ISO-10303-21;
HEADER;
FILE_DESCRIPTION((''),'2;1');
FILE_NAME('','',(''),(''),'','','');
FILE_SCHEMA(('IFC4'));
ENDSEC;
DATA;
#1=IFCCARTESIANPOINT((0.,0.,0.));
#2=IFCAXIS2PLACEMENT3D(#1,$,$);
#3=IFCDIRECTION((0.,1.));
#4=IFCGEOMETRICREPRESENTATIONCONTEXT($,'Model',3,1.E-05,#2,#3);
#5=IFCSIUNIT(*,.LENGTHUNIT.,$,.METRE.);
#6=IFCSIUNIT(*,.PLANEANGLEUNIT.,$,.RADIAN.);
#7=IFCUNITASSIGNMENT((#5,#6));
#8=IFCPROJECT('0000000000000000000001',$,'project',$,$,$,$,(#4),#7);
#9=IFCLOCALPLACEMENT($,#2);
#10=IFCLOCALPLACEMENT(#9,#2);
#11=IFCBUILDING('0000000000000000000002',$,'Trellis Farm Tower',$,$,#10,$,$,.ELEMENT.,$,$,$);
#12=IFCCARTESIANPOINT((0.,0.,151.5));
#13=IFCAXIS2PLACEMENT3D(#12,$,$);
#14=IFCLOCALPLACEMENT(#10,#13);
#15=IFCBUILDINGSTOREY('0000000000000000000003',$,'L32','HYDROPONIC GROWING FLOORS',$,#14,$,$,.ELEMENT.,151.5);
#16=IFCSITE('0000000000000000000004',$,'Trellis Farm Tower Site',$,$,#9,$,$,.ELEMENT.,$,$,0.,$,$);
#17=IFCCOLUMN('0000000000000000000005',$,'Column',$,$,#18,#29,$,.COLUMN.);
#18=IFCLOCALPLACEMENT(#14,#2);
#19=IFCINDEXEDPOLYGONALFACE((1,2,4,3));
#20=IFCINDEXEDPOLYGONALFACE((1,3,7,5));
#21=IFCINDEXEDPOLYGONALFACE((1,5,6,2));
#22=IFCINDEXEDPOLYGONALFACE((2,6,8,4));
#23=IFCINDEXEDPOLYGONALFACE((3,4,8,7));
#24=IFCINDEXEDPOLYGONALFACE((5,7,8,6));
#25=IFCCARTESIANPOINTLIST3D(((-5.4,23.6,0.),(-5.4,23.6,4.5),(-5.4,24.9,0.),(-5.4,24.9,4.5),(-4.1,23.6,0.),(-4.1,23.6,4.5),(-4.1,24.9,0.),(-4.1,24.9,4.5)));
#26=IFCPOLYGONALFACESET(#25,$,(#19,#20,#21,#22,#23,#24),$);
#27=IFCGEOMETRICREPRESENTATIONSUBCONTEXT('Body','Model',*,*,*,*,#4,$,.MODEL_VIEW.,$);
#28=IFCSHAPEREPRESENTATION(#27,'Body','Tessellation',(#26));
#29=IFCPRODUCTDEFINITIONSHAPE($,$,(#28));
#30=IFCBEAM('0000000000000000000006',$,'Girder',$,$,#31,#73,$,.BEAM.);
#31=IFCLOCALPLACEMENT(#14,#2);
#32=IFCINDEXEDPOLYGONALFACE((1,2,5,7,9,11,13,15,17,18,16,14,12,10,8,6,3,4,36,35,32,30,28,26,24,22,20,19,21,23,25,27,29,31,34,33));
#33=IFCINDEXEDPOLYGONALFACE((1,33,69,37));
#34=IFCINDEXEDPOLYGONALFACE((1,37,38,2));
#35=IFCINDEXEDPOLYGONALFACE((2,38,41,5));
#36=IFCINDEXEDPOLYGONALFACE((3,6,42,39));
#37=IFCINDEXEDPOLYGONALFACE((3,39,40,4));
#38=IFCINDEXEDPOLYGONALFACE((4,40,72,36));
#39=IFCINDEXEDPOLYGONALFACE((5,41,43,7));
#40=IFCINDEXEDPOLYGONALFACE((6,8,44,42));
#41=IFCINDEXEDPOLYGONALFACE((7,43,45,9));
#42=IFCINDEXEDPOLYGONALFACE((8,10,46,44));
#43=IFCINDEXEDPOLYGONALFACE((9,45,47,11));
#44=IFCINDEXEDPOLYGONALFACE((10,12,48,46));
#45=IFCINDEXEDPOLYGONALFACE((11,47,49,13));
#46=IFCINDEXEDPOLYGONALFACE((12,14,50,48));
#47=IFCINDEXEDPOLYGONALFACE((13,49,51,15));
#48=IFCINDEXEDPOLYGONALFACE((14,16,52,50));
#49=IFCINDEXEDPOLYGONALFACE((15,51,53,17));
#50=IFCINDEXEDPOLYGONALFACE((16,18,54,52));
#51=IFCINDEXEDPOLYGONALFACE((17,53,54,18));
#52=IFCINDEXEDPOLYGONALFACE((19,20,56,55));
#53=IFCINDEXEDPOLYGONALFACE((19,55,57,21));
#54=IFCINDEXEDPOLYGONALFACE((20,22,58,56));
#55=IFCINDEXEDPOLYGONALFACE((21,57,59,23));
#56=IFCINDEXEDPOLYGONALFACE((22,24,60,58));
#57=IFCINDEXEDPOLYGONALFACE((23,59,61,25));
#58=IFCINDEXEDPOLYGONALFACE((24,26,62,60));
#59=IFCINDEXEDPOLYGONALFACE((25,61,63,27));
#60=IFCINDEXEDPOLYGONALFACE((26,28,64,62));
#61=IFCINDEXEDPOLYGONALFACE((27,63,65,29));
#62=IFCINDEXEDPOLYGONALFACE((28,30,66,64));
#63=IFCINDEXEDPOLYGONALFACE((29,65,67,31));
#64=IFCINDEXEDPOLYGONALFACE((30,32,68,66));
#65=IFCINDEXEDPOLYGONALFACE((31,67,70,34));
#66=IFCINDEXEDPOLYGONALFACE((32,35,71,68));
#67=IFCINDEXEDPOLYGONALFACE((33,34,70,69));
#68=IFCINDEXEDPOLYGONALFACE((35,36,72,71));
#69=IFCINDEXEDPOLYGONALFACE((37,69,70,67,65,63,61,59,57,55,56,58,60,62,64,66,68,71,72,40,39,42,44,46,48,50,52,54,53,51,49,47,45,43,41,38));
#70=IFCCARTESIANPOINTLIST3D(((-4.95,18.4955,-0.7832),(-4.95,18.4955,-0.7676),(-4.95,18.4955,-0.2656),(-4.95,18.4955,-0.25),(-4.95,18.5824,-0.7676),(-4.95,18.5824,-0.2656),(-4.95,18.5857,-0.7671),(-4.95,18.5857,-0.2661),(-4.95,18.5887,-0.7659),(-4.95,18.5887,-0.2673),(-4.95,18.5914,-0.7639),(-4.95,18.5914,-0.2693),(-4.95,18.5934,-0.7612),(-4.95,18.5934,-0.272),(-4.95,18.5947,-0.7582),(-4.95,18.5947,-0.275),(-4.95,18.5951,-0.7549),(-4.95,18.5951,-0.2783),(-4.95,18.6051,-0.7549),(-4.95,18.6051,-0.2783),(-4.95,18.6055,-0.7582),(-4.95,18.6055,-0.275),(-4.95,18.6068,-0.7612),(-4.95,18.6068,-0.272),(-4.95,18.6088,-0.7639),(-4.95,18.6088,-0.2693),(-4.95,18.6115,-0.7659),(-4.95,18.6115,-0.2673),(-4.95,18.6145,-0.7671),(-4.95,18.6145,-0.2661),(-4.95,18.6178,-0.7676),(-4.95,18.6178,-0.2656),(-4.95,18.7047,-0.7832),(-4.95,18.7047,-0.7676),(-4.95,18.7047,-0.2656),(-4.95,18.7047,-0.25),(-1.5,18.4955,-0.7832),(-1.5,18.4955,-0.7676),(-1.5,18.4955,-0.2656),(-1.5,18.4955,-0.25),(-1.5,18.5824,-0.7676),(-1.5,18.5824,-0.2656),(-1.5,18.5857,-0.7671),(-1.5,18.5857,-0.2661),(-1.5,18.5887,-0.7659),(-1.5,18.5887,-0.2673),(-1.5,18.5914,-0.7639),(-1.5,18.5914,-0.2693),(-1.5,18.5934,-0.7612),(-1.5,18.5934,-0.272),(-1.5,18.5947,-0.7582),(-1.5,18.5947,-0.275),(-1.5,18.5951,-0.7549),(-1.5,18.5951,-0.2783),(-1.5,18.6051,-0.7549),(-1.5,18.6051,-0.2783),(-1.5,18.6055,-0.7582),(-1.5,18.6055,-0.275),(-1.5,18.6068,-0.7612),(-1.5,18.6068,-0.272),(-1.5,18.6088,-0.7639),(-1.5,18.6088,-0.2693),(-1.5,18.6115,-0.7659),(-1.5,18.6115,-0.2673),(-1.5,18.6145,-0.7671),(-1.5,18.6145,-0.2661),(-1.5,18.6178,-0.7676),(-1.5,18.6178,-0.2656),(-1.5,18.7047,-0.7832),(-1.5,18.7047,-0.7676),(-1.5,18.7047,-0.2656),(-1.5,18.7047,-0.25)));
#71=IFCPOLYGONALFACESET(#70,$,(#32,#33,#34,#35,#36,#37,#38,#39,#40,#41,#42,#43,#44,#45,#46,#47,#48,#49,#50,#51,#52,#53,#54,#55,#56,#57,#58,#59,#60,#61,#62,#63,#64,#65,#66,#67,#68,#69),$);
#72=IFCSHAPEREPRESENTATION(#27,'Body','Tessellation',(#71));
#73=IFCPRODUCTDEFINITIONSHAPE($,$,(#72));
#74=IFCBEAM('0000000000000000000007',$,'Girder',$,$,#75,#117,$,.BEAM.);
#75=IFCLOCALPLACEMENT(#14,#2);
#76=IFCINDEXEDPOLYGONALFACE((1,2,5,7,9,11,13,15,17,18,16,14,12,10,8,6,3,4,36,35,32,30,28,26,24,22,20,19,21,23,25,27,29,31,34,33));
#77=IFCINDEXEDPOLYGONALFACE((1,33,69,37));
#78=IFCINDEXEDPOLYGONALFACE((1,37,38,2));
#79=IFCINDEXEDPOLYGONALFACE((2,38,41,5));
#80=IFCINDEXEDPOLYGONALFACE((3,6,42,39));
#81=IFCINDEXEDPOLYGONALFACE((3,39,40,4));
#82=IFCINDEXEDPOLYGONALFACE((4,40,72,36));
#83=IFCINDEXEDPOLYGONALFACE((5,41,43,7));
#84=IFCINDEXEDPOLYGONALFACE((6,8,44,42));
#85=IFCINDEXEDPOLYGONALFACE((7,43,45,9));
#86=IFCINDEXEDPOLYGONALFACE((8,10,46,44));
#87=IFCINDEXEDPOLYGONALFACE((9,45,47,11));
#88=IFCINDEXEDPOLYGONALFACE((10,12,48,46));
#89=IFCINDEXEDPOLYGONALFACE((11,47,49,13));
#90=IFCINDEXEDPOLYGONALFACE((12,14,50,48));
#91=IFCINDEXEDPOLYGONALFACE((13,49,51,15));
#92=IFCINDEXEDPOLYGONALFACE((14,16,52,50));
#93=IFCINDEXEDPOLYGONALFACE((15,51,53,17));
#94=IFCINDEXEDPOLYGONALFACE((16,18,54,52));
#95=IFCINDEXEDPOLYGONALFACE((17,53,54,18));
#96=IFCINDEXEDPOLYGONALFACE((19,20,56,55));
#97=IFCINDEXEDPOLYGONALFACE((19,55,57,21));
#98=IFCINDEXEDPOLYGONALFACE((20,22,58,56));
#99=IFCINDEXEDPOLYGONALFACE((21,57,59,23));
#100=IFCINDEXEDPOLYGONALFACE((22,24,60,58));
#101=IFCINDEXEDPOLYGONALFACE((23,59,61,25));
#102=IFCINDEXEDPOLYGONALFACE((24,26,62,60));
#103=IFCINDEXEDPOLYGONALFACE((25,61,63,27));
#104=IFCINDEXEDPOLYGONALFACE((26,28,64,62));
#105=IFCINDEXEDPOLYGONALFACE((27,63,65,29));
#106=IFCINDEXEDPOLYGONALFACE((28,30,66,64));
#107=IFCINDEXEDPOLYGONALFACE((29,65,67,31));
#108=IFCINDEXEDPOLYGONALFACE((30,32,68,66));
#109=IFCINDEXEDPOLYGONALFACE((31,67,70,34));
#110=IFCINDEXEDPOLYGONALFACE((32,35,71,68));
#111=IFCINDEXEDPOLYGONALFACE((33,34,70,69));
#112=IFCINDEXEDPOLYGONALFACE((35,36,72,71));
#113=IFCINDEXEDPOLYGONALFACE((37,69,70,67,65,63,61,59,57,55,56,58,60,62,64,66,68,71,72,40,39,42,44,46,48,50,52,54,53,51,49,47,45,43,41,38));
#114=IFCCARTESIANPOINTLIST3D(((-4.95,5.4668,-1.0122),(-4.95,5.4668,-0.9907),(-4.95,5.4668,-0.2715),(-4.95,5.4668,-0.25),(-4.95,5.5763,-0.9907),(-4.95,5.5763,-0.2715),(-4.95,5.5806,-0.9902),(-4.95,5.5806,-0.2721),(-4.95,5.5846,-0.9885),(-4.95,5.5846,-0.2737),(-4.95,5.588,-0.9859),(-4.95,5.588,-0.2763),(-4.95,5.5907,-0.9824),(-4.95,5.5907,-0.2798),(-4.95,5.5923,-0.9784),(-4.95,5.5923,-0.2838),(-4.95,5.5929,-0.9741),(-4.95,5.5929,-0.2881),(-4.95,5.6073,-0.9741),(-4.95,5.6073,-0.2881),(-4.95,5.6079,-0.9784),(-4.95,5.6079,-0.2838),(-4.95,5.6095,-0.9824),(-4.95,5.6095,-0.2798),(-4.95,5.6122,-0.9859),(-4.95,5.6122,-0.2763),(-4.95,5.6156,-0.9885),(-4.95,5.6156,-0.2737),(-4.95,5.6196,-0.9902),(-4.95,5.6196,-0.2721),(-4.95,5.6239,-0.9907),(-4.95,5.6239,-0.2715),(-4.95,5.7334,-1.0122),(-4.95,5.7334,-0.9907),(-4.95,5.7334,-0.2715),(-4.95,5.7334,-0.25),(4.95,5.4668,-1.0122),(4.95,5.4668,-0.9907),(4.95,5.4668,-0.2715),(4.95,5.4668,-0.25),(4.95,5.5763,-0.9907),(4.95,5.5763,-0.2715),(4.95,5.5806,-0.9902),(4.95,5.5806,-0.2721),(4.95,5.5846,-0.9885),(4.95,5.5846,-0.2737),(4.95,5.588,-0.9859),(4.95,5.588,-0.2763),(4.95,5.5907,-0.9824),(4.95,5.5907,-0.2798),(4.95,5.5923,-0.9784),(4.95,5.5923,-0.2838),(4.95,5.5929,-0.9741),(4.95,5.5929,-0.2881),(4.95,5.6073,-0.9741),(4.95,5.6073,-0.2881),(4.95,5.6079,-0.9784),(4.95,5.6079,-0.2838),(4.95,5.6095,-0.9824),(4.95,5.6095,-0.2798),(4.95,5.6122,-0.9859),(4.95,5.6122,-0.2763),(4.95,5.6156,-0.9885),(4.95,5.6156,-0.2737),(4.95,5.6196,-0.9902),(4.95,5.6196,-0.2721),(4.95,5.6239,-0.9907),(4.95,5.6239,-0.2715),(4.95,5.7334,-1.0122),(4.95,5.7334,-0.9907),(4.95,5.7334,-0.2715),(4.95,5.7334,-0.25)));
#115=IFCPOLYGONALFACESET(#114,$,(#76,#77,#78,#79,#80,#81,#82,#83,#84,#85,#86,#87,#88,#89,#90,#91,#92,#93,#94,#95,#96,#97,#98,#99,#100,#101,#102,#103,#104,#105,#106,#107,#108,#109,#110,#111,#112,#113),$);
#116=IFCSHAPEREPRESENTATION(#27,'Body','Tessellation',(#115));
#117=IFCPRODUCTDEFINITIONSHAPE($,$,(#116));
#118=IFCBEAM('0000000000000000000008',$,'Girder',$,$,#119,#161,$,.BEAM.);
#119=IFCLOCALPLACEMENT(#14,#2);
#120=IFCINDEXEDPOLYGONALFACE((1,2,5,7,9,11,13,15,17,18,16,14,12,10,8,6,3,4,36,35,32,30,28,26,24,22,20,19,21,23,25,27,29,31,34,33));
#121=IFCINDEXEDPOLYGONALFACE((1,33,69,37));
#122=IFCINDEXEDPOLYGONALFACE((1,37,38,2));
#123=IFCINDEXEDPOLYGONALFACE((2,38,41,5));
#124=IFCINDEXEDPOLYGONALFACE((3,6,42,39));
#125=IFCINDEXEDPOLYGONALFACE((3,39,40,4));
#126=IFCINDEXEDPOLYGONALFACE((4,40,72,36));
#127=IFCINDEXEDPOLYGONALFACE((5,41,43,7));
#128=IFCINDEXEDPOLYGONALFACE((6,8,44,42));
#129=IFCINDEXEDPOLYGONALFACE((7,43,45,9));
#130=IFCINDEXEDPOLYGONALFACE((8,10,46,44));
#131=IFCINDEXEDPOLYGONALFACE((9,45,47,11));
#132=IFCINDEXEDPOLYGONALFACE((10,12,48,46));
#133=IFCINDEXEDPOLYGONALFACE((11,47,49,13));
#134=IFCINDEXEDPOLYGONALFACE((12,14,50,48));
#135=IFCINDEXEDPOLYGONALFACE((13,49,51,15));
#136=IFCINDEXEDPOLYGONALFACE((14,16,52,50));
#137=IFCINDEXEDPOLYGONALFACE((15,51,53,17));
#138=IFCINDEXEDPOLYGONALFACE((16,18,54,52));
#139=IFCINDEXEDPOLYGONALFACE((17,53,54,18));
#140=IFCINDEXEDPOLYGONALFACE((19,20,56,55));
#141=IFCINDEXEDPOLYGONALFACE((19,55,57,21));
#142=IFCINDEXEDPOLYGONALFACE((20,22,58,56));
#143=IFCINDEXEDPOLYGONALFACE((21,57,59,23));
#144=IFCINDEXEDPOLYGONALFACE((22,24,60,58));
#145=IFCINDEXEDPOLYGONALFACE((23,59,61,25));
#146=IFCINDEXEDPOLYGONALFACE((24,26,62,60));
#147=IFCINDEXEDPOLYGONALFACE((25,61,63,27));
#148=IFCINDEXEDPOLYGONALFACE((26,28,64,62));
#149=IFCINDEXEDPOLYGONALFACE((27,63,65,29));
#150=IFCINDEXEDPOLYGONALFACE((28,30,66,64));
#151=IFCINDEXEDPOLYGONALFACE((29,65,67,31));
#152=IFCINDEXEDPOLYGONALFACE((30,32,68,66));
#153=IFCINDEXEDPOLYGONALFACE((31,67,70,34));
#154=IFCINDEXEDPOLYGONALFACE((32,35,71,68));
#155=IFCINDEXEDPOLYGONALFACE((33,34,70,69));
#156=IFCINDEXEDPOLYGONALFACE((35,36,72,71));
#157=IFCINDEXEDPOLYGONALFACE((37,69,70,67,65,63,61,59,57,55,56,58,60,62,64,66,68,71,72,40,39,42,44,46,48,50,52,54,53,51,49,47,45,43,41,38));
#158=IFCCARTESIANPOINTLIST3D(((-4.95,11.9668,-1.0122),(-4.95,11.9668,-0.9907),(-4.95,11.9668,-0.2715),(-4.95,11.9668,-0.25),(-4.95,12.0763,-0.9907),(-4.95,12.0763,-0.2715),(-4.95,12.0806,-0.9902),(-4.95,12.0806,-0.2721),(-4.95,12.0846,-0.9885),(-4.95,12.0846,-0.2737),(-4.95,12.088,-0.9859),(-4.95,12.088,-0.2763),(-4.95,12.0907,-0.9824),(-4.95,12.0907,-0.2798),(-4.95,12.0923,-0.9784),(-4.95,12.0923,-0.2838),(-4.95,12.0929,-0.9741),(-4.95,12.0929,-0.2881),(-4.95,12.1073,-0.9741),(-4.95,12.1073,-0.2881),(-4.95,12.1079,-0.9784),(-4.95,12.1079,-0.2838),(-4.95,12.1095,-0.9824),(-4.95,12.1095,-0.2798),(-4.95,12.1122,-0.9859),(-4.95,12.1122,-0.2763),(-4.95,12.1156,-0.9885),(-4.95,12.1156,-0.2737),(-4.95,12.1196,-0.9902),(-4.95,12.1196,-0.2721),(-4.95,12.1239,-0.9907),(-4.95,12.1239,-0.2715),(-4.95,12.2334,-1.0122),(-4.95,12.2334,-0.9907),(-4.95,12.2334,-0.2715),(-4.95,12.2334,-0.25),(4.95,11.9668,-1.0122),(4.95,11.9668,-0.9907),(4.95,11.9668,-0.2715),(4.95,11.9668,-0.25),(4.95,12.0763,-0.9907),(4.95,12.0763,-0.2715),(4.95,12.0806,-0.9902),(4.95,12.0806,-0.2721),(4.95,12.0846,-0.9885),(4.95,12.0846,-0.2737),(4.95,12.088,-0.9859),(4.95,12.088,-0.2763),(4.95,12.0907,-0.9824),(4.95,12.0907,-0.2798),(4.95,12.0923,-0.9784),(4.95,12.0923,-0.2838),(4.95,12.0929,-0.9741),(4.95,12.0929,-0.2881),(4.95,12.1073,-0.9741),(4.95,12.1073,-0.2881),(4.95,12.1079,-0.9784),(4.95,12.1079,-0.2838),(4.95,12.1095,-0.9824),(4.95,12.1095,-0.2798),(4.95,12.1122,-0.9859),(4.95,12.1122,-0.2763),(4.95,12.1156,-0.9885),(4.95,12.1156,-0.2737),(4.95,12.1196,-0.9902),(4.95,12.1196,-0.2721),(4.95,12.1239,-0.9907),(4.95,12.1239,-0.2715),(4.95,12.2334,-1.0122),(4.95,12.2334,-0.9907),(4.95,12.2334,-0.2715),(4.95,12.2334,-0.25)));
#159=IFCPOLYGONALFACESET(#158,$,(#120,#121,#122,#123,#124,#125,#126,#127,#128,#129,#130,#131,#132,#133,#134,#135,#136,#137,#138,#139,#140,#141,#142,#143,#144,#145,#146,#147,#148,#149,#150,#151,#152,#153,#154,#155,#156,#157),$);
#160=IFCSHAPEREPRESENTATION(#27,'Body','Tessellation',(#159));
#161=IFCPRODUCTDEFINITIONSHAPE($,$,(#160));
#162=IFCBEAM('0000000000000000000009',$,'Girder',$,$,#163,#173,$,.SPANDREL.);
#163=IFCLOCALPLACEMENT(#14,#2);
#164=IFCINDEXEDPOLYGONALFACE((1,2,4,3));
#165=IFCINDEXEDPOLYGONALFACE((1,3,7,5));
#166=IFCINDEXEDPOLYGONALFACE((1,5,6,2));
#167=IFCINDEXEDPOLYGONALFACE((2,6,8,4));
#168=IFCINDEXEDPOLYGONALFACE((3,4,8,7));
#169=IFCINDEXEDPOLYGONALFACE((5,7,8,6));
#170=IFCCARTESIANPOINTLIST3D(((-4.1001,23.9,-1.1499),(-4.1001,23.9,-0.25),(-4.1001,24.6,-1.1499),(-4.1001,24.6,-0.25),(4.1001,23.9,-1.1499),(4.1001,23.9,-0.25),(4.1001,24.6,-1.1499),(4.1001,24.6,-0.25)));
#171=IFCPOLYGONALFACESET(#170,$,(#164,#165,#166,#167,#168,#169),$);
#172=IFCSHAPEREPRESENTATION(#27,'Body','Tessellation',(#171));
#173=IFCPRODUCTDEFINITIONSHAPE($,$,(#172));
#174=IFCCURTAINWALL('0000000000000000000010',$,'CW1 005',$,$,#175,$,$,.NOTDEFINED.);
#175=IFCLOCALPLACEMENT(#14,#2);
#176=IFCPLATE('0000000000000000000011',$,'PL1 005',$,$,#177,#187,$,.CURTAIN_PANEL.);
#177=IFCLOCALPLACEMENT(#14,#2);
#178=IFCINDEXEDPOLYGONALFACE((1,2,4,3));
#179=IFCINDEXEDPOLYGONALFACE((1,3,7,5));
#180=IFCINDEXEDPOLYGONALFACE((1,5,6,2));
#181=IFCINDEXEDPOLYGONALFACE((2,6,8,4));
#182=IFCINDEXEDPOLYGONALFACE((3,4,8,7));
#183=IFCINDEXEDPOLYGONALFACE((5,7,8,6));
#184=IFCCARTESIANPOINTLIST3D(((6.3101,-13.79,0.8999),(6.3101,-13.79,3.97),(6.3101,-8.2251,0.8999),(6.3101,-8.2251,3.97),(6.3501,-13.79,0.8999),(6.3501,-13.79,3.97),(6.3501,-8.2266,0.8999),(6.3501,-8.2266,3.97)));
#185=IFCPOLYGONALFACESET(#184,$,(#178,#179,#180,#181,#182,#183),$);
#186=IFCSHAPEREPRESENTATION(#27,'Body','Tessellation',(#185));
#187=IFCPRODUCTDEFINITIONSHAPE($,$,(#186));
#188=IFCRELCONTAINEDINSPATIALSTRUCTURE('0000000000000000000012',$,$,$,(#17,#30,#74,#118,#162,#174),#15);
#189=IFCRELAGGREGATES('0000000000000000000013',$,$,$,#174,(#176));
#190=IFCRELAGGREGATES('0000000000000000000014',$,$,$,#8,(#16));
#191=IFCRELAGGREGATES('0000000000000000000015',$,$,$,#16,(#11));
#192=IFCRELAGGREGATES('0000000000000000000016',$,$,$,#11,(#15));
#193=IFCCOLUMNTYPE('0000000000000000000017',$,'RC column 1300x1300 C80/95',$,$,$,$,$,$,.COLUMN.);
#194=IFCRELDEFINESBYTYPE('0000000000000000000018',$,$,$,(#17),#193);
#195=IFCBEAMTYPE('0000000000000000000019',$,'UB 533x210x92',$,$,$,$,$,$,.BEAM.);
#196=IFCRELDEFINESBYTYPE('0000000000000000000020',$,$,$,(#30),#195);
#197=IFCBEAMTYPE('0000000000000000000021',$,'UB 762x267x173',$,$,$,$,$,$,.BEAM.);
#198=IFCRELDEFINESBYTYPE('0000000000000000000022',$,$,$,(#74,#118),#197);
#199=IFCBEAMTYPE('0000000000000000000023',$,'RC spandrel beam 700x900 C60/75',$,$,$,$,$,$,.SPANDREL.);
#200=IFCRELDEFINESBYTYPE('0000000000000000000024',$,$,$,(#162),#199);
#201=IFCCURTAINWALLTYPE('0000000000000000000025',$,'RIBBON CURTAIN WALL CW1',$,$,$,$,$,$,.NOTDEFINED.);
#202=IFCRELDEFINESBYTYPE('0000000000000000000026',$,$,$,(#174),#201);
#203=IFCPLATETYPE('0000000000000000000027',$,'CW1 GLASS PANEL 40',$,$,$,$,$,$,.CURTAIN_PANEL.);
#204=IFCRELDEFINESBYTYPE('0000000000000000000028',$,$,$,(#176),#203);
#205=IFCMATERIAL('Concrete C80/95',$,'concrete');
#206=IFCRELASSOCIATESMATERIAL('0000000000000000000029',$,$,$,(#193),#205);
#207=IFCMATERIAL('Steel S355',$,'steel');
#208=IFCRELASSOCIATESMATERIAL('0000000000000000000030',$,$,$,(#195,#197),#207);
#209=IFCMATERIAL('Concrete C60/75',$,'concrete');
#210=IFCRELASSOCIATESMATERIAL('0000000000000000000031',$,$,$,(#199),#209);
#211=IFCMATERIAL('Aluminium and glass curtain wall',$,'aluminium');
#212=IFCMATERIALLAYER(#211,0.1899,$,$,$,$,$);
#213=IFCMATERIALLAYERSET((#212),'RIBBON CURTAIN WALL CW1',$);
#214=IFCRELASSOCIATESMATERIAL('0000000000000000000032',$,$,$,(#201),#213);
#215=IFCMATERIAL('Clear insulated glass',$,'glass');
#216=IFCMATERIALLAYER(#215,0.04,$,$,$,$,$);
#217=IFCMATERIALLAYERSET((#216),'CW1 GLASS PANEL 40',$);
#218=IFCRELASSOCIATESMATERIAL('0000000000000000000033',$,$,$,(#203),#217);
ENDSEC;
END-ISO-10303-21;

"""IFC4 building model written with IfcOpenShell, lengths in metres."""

from ifc_helpers import new_model, si_unit, direction, frame, origin, origin_2d, place, context, subcontext, project, spatial, polyline, rectangle, i_section, outline, extrude, source, transform, mapped, material, layer, layer_set, material_profile, profile_set, type_object, element, aggregate, save


model = new_model("IFC4")

# Units and contexts
model_context = context("Model", 3, precision=1e-05, world=origin(), true_north=direction((0.0, 1.0)))
body_context = subcontext(model_context, "Body", "Model", "MODEL_VIEW")
ifc_project = project(units=[si_unit("LENGTHUNIT", "METRE"), si_unit("PLANEANGLEUNIT", "RADIAN")], contexts=[model_context])

# Site, building, storey
site_placement = place(None, origin())
site = spatial("IfcSite", under=ifc_project, at=site_placement, Name="Trellis Farm Tower Site", CompositionType="ELEMENT", RefElevation=0.0)
building_placement = place(site_placement, origin())
building = spatial("IfcBuilding", under=site, at=building_placement, Name="Trellis Farm Tower", CompositionType="ELEMENT")
storey_placement = place(building_placement, frame((0.0, 0.0, 151.5)))
storey = spatial("IfcBuildingStorey", under=building, at=storey_placement, Name="L32", Description="HYDROPONIC GROWING FLOORS", CompositionType="ELEMENT", Elevation=151.5)

# Column
ifc_material_1 = material(Name="Concrete C80/95", Category="concrete")
ifc_material_profile_1 = material_profile(ifc_material_1, rectangle(XDim=1.3, YDim=1.3, at=origin_2d()), Name="RC column 1300x1300 C80/95")
ifc_profile_set_1 = profile_set([ifc_material_profile_1], Name="Concrete C80/95")
column_type = type_object("IfcColumnType", Name="RC column 1300x1300 C80/95", PredefinedType="COLUMN", material=ifc_profile_set_1)
shared_shape_1 = source(origin(), body_context, "Body", "SweptSolid", [
    extrude(rectangle(XDim=1.3, YDim=1.3, at=origin_2d()), origin(), (0.0, 0.0, 1.0), 4.5),
])
column_placement = place(storey_placement, frame((-4.75, 24.25, 0.0), z_axis=(0.0, 0.0, 1.0), x_axis=(1.0, 0.0, 0.0)))
element("IfcColumn", 1, at=column_placement, inside=storey, type_object=column_type, Name="Column", PredefinedType="COLUMN", context=body_context, shape_type="MappedRepresentation", body=[
    mapped(shared_shape_1, transform((0.0, 0.0, 0.0))),
])

# Beams
ifc_material_2 = material(Name="Steel S355", Category="steel")
ifc_material_profile_2 = material_profile(ifc_material_2, i_section(OverallWidth=0.2092, OverallDepth=0.5332, WebThickness=0.01, FlangeThickness=0.0156, FilletRadius=0.0127, at=origin_2d()), Name="UB 533x210x92")
ifc_profile_set_2 = profile_set([ifc_material_profile_2], Name="Steel S355")
beam_type_1 = type_object("IfcBeamType", Name="UB 533x210x92", PredefinedType="BEAM", material=ifc_profile_set_2)
shared_shape_2 = source(origin(), body_context, "Body", "SweptSolid", [
    extrude(i_section(OverallWidth=0.2092, OverallDepth=0.5332, WebThickness=0.01, FlangeThickness=0.0156, FilletRadius=0.0127, at=origin_2d()), origin(), (0.0, 0.0, 1.0), 3.45),
])
beam_1_placement = place(storey_placement, frame((-4.95, 18.6001, -0.5166), z_axis=(1.0, 0.0, 0.0), x_axis=(0.0, 1.0, 0.0)))
element("IfcBeam", 2, at=beam_1_placement, inside=storey, type_object=beam_type_1, Name="Girder", PredefinedType="BEAM", context=body_context, shape_type="MappedRepresentation", body=[
    mapped(shared_shape_2, transform((0.0, 0.0, 0.0))),
])
ifc_material_profile_3 = material_profile(ifc_material_2, i_section(OverallWidth=0.2666, OverallDepth=0.7622, WebThickness=0.0144, FlangeThickness=0.0215, FilletRadius=0.0166, at=origin_2d()), Name="UB 762x267x173")
ifc_profile_set_3 = profile_set([ifc_material_profile_3], Name="Steel S355")
beam_type_2 = type_object("IfcBeamType", Name="UB 762x267x173", PredefinedType="BEAM", material=ifc_profile_set_3)
shared_shape_3 = source(origin(), body_context, "Body", "SweptSolid", [
    extrude(i_section(OverallWidth=0.2666, OverallDepth=0.7622, WebThickness=0.0144, FlangeThickness=0.0215, FilletRadius=0.0166, at=origin_2d()), origin(), (0.0, 0.0, 1.0), 9.8999),
])
for number, where, z_axis, x_axis, name in (
    (3, (-4.95, 5.6001, -0.6311), (1.0, 0.0, 0.0), (0.0, 1.0, 0.0), "Girder"),
    (4, (-4.95, 12.1001, -0.6311), (1.0, 0.0, 0.0), (0.0, 1.0, 0.0), "Girder"),
):
    element("IfcBeam", number, at=place(storey_placement, frame(where, z_axis=z_axis, x_axis=x_axis)), inside=storey, type_object=beam_type_2, Name=name, PredefinedType="BEAM", context=body_context, shape_type="MappedRepresentation", body=[
        mapped(shared_shape_3, transform((0.0, 0.0, 0.0))),
    ])
ifc_material_3 = material(Name="Concrete C60/75", Category="concrete")
ifc_material_profile_4 = material_profile(ifc_material_3, rectangle(XDim=0.7, YDim=0.8999, at=origin_2d()), Name="RC spandrel beam 700x900 C60/75")
ifc_profile_set_4 = profile_set([ifc_material_profile_4], Name="Concrete C60/75")
beam_type_3 = type_object("IfcBeamType", Name="RC spandrel beam 700x900 C60/75", PredefinedType="SPANDREL", material=ifc_profile_set_4)
shared_shape_4 = source(origin(), body_context, "Body", "SweptSolid", [
    extrude(rectangle(XDim=0.7, YDim=0.8999, at=origin_2d()), origin(), (0.0, 0.0, 1.0), 8.2002),
])
beam_2_placement = place(storey_placement, frame((-4.1001, 24.25, -0.7), z_axis=(1.0, 0.0, 0.0), x_axis=(0.0, 1.0, 0.0)))
element("IfcBeam", 5, at=beam_2_placement, inside=storey, type_object=beam_type_3, Name="Girder", PredefinedType="SPANDREL", context=body_context, shape_type="MappedRepresentation", body=[
    mapped(shared_shape_4, transform((0.0, 0.0, 0.0))),
])

# Curtain wall, plate
ifc_material_4 = material(Name="Aluminium and glass curtain wall", Category="aluminium")
ifc_layer_1 = layer(ifc_material_4, 0.1899)
ifc_layer_set_1 = layer_set([ifc_layer_1], Name="RIBBON CURTAIN WALL CW1")
curtain_wall_type = type_object("IfcCurtainWallType", Name="RIBBON CURTAIN WALL CW1", PredefinedType="NOTDEFINED", material=ifc_layer_set_1)
placement = place(storey_placement, origin())
curtain_wall = element("IfcCurtainWall", 6, at=placement, inside=storey, type_object=curtain_wall_type, Name="CW1 005", PredefinedType="NOTDEFINED")
ifc_material_5 = material(Name="Clear insulated glass", Category="glass")
ifc_layer_2 = layer(ifc_material_5, 0.04)
ifc_layer_set_2 = layer_set([ifc_layer_2], Name="CW1 GLASS PANEL 40")
plate_type_1 = type_object("IfcPlateType", Name="CW1 GLASS PANEL 40", PredefinedType="CURTAIN_PANEL", material=ifc_layer_set_2)
plate_1_placement = place(storey_placement, frame((0.0, 0.0, 0.8999)))
plate_1 = element("IfcPlate", 7, at=plate_1_placement, type_object=plate_type_1, Name="PL1 005", PredefinedType="CURTAIN_PANEL", context=body_context, shape_type="SweptSolid", body=[
    extrude(outline(polyline([(6.3501, -13.79), (6.3501, -8.2266), (6.3101, -8.2251), (6.3101, -13.79), (6.3501, -13.79)])), origin(), (0.0, 0.0, 1.0), 3.0701),
])
aggregate(curtain_wall, [plate_1])

save(model, "model.ifc")
